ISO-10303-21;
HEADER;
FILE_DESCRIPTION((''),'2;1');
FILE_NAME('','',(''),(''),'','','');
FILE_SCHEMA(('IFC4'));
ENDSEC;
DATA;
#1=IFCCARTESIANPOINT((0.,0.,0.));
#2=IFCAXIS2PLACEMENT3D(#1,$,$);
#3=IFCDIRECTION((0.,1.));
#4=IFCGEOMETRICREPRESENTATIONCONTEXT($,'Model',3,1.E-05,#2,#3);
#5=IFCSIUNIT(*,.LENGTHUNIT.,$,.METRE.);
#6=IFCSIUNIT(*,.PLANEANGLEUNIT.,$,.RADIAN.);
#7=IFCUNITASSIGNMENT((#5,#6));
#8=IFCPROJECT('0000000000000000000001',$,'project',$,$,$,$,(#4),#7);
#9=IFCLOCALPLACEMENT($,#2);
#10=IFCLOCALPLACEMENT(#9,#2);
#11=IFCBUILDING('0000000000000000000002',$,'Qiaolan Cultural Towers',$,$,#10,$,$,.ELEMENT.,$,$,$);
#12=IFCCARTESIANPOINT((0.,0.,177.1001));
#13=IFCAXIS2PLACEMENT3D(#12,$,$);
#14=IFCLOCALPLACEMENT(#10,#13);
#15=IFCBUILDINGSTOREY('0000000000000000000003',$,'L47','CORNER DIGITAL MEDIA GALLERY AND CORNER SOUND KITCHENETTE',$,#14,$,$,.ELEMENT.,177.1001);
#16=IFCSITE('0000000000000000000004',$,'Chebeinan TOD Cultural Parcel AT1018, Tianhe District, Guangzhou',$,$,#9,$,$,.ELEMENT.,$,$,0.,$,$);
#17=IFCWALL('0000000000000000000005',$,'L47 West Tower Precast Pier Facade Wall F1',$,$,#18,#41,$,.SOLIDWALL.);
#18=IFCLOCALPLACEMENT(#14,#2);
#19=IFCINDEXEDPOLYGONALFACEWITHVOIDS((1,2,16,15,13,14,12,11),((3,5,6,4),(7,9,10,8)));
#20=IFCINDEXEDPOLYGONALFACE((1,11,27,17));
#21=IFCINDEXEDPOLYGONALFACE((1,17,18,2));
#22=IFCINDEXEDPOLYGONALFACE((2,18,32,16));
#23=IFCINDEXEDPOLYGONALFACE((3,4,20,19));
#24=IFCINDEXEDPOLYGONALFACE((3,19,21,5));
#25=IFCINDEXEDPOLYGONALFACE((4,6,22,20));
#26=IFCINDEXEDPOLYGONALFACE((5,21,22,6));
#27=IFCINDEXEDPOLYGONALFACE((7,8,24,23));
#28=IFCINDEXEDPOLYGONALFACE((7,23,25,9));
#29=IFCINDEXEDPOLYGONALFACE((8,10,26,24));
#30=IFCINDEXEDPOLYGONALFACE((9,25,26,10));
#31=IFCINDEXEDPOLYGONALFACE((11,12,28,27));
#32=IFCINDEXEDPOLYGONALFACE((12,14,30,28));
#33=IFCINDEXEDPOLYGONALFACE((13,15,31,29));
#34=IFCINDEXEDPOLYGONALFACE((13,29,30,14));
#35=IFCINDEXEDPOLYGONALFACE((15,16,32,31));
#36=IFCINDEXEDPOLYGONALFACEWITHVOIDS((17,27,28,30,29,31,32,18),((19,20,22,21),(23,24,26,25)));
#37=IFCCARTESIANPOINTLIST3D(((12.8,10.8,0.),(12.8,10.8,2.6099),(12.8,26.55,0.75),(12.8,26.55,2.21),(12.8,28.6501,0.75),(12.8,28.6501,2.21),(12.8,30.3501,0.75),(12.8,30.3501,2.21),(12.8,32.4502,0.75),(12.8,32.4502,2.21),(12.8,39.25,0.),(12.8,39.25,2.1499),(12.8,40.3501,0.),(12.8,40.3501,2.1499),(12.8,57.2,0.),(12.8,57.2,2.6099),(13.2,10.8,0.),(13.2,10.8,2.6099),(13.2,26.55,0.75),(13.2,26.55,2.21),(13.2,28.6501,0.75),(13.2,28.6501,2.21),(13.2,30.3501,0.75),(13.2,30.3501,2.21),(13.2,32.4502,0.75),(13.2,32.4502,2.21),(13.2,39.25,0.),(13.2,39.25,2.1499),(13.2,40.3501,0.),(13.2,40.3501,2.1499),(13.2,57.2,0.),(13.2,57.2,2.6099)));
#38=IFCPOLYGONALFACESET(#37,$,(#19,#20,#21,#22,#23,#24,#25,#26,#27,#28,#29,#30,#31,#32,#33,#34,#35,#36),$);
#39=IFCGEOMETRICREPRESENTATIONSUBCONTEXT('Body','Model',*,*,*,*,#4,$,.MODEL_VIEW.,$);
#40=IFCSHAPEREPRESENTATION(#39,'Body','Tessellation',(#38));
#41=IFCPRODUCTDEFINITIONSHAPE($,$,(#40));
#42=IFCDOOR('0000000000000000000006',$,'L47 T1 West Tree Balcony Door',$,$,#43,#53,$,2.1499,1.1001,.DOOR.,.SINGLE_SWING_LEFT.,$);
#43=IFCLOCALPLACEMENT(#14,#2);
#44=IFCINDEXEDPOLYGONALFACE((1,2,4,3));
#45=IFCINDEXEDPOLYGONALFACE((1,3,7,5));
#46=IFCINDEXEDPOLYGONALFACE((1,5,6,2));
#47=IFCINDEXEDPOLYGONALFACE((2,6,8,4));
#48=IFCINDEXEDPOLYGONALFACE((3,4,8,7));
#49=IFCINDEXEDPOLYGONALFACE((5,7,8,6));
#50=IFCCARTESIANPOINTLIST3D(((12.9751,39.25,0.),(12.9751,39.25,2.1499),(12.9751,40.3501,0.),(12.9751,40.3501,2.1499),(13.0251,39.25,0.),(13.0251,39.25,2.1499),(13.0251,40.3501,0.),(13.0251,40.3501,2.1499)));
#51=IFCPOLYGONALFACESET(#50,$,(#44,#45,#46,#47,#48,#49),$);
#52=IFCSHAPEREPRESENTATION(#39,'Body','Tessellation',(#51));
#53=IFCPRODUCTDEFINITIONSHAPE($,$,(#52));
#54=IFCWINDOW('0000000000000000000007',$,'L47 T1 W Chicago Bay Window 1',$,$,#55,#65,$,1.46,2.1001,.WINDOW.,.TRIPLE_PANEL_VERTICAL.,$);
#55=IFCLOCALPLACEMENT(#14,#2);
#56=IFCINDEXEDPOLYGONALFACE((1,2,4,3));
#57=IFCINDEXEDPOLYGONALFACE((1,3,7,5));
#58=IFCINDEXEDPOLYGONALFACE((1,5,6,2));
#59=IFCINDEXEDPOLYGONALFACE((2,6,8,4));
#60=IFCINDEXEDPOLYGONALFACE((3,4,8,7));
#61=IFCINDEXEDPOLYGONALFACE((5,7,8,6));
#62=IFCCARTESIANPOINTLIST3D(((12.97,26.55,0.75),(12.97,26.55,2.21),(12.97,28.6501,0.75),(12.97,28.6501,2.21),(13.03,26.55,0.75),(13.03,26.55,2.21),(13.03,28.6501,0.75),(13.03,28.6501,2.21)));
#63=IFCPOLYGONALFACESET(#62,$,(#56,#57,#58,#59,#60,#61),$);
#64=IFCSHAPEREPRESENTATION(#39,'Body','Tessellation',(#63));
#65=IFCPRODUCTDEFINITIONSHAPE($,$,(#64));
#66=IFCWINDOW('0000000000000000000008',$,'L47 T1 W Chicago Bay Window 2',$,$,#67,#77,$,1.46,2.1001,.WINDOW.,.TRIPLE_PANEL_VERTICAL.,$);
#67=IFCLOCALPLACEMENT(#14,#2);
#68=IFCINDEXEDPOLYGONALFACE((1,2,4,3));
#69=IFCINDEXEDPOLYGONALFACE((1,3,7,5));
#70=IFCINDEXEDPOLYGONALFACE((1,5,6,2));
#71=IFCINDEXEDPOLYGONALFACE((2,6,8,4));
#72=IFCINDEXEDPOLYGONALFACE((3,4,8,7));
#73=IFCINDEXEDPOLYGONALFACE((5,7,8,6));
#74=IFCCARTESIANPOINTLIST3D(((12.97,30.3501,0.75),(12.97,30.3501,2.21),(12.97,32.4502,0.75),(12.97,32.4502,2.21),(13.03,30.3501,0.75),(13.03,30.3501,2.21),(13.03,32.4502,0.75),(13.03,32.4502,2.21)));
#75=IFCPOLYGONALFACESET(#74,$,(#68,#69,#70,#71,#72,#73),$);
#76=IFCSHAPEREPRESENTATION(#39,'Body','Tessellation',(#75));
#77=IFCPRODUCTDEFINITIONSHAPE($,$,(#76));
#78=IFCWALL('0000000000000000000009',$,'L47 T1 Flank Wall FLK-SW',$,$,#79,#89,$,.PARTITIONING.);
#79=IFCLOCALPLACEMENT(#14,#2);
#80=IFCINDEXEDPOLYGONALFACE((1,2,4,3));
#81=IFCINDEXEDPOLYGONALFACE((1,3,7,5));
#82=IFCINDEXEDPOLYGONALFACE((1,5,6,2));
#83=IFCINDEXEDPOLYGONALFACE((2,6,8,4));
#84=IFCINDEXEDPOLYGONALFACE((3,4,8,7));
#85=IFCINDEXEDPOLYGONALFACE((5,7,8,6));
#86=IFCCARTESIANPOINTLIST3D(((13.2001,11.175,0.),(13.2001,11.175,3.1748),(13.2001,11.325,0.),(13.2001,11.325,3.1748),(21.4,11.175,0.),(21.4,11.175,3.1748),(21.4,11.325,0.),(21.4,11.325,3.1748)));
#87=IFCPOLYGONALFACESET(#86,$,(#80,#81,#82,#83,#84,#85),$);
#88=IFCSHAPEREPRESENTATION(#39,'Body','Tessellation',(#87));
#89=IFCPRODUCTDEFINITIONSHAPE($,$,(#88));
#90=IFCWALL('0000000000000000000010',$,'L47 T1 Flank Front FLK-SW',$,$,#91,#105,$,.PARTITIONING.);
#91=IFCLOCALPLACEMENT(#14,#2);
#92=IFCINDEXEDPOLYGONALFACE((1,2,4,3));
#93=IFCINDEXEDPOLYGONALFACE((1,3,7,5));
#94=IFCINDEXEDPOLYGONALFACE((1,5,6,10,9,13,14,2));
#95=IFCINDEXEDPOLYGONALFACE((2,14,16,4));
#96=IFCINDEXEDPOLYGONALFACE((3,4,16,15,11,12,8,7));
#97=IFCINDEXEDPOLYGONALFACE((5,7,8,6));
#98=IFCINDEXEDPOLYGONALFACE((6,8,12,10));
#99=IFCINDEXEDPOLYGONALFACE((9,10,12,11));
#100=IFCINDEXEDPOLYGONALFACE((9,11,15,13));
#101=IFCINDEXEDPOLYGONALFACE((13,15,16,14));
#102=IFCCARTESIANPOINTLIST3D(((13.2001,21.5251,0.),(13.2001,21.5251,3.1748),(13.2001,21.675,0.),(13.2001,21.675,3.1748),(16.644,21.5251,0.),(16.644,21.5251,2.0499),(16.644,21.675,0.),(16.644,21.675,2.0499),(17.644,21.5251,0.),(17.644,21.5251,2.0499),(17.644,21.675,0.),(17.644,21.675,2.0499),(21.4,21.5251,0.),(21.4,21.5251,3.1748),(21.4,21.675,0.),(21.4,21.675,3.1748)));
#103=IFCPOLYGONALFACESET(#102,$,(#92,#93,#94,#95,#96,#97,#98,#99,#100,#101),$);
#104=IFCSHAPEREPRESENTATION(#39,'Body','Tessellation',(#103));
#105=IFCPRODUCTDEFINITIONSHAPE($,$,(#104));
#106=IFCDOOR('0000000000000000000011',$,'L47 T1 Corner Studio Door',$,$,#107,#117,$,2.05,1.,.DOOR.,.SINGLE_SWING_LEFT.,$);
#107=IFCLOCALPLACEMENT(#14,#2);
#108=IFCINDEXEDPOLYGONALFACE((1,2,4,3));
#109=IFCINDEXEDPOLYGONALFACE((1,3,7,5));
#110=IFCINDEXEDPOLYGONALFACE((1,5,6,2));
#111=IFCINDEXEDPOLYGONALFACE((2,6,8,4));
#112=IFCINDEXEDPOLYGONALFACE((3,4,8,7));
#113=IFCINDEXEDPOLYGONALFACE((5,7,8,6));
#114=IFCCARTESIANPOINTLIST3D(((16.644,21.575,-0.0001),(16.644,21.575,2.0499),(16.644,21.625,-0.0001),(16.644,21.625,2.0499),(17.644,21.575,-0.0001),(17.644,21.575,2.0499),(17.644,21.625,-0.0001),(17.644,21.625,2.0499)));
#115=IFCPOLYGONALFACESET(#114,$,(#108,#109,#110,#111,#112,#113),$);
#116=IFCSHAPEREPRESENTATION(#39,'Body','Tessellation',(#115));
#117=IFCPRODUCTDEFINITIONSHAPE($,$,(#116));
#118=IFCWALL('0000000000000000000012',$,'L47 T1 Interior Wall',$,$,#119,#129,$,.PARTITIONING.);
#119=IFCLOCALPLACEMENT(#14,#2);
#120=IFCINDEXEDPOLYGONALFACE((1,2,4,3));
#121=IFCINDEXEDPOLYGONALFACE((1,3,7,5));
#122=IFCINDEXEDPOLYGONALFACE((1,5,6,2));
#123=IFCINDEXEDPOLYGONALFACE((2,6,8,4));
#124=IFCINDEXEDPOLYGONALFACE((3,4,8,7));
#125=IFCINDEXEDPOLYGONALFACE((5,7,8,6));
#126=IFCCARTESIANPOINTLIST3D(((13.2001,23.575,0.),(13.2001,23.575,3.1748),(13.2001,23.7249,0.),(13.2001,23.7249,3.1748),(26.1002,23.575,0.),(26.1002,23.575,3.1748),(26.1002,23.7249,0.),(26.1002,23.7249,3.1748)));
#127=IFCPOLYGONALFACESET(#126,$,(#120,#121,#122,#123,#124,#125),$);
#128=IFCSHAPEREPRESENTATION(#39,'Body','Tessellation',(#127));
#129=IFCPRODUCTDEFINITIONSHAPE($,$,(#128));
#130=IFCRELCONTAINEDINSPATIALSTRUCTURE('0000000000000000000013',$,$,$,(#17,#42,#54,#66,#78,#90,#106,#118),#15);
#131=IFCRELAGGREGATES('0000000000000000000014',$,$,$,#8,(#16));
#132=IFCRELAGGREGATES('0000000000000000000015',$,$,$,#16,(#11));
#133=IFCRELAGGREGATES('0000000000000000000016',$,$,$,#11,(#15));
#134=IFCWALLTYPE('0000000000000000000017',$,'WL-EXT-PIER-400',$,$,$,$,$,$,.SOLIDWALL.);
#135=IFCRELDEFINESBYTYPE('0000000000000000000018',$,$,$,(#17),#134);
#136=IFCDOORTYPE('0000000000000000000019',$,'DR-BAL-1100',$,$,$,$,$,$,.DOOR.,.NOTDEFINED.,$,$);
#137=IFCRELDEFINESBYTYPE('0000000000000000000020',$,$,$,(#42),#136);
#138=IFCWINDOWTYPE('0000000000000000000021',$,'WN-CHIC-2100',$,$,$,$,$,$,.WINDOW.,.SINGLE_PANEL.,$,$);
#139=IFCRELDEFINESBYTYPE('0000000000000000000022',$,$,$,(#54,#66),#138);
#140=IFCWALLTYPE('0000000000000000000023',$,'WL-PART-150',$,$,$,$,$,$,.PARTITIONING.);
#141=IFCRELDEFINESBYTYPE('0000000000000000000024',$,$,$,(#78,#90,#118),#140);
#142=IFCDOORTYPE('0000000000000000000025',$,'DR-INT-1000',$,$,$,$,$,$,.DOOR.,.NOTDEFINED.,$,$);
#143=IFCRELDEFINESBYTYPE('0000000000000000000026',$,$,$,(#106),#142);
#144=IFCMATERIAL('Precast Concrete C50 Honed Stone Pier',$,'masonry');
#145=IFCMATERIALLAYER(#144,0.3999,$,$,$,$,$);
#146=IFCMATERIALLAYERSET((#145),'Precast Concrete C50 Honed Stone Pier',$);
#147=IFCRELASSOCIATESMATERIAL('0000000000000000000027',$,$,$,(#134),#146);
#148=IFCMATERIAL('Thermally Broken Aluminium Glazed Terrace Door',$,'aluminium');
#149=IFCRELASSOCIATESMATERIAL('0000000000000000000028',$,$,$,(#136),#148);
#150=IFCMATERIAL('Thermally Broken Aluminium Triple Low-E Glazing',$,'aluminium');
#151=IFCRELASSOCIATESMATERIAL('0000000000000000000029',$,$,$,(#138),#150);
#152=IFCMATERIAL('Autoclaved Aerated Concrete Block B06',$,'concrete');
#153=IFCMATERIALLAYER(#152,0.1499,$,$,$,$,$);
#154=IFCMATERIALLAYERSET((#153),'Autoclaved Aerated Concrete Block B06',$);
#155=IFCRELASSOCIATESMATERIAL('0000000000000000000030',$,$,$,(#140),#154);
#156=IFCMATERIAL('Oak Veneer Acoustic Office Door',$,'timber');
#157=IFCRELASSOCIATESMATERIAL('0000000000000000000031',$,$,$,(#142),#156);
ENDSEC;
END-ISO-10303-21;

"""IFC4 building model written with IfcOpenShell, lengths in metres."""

from ifc_helpers import new_model, si_unit, direction, frame, frame_2d, origin, place, context, subcontext, project, spatial, rectangle, extrude, material, layer, layer_set, type_object, element, fill, save


model = new_model("IFC4")

# Units and contexts
model_context = context("Model", 3, precision=1e-05, world=origin(), true_north=direction((0.0, 1.0)))
body_context = subcontext(model_context, "Body", "Model", "MODEL_VIEW")
ifc_project = project(units=[si_unit("LENGTHUNIT", "METRE"), si_unit("PLANEANGLEUNIT", "RADIAN")], contexts=[model_context])

# Site, building, storey
site_placement = place(None, origin())
site = spatial("IfcSite", under=ifc_project, at=site_placement, Name="Chebeinan TOD Cultural Parcel AT1018, Tianhe District, Guangzhou", CompositionType="ELEMENT", RefElevation=0.0)
building_placement = place(site_placement, origin())
building = spatial("IfcBuilding", under=site, at=building_placement, Name="Qiaolan Cultural Towers", CompositionType="ELEMENT")
storey_placement = place(building_placement, frame((0.0, 0.0, 177.1001)))
storey = spatial("IfcBuildingStorey", under=building, at=storey_placement, Name="L47", Description="CORNER DIGITAL MEDIA GALLERY AND CORNER SOUND KITCHENETTE", CompositionType="ELEMENT", Elevation=177.1001)

# Wall, openings, door, windows
ifc_material_1 = material(Name="Precast Concrete C50 Honed Stone Pier", Category="masonry")
ifc_layer_1 = layer(ifc_material_1, 0.3999)
ifc_layer_set_1 = layer_set([ifc_layer_1], Name="Precast Concrete C50 Honed Stone Pier")
wall_type_1 = type_object("IfcWallType", Name="WL-EXT-PIER-400", PredefinedType="SOLIDWALL", material=ifc_layer_set_1)
wall_1_placement = place(storey_placement, frame((13.0, 10.8, 0.0), z_axis=(0.0, 0.0, 1.0), x_axis=(0.0, 1.0, 0.0)))
wall_1 = element("IfcWall", 1, at=wall_1_placement, inside=storey, type_object=wall_type_1, Name="L47 West Tower Precast Pier Facade Wall F1", PredefinedType="SOLIDWALL", context=body_context, shape_type="SweptSolid", body=[
    extrude(rectangle(XDim=46.3999, YDim=0.3999, at=frame_2d((23.2, 0.0))), origin(), (0.0, 0.0, 1.0), 2.6099),
])
opening_1_placement = place(wall_1_placement, frame((15.75, 0.0, 0.75)))
opening_1 = element("IfcOpeningElement", 2, at=opening_1_placement, cuts=wall_1, PredefinedType="OPENING", context=body_context, shape_type="SweptSolid", body=[
    extrude(rectangle(XDim=2.1001, YDim=1.46, at=frame_2d((1.05, 0.73))), frame((0.0, 0.21, 0.0), z_axis=(0.0, -1.0, 0.0), x_axis=(1.0, 0.0, 0.0)), (0.0, 0.0, 1.0), 0.4199),
])
opening_2_placement = place(wall_1_placement, frame((19.55, 0.0, 0.75)))
opening_2 = element("IfcOpeningElement", 3, at=opening_2_placement, cuts=wall_1, PredefinedType="OPENING", context=body_context, shape_type="SweptSolid", body=[
    extrude(rectangle(XDim=2.1001, YDim=1.46, at=frame_2d((1.05, 0.73))), frame((0.0, 0.21, 0.0), z_axis=(0.0, -1.0, 0.0), x_axis=(1.0, 0.0, 0.0)), (0.0, 0.0, 1.0), 0.4199),
])
opening_3_placement = place(wall_1_placement, frame((28.45, 0.0, 0.0)))
opening_3 = element("IfcOpeningElement", 4, at=opening_3_placement, cuts=wall_1, PredefinedType="OPENING", context=body_context, shape_type="SweptSolid", body=[
    extrude(rectangle(XDim=1.1001, YDim=2.1499, at=frame_2d((0.55, 1.075))), frame((0.0, 0.21, 0.0), z_axis=(0.0, -1.0, 0.0), x_axis=(1.0, 0.0, 0.0)), (0.0, 0.0, 1.0), 0.4199),
])
ifc_material_2 = material(Name="Thermally Broken Aluminium Glazed Terrace Door", Category="aluminium")
door_type_1 = type_object("IfcDoorType", Name="DR-BAL-1100", OperationType="NOTDEFINED", PredefinedType="DOOR", material=ifc_material_2)
door_1_placement = place(opening_3_placement, origin())
door_1 = element("IfcDoor", 5, at=door_1_placement, inside=storey, type_object=door_type_1, Name="L47 T1 West Tree Balcony Door", OperationType="SINGLE_SWING_LEFT", OverallHeight=2.1499, OverallWidth=1.1001, PredefinedType="DOOR", context=body_context, shape_type="SweptSolid", body=[
    extrude(rectangle(XDim=1.1001, YDim=2.1499, at=frame_2d((0.55, 1.075))), frame((0.0, 0.0249, 0.0), z_axis=(0.0, -1.0, 0.0), x_axis=(1.0, 0.0, 0.0)), (0.0, 0.0, 1.0), 0.05),
])
fill(opening_3, door_1)
ifc_material_3 = material(Name="Thermally Broken Aluminium Triple Low-E Glazing", Category="aluminium")
window_type = type_object("IfcWindowType", Name="WN-CHIC-2100", PartitioningType="SINGLE_PANEL", PredefinedType="WINDOW", material=ifc_material_3)
window_1_placement = place(opening_1_placement, origin())
window_1 = element("IfcWindow", 6, at=window_1_placement, inside=storey, type_object=window_type, Name="L47 T1 W Chicago Bay Window 1", OverallHeight=1.46, OverallWidth=2.1001, PartitioningType="TRIPLE_PANEL_VERTICAL", PredefinedType="WINDOW", context=body_context, shape_type="SweptSolid", body=[
    extrude(rectangle(XDim=2.1001, YDim=1.46, at=frame_2d((1.05, 0.73))), frame((0.0, 0.03, 0.0), z_axis=(0.0, -1.0, 0.0), x_axis=(1.0, 0.0, 0.0)), (0.0, 0.0, 1.0), 0.0601),
])
fill(opening_1, window_1)
window_2_placement = place(opening_2_placement, origin())
window_2 = element("IfcWindow", 7, at=window_2_placement, inside=storey, type_object=window_type, Name="L47 T1 W Chicago Bay Window 2", OverallHeight=1.46, OverallWidth=2.1001, PartitioningType="TRIPLE_PANEL_VERTICAL", PredefinedType="WINDOW", context=body_context, shape_type="SweptSolid", body=[
    extrude(rectangle(XDim=2.1001, YDim=1.46, at=frame_2d((1.05, 0.73))), frame((0.0, 0.03, 0.0), z_axis=(0.0, -1.0, 0.0), x_axis=(1.0, 0.0, 0.0)), (0.0, 0.0, 1.0), 0.0601),
])
fill(opening_2, window_2)

# Wall
ifc_material_4 = material(Name="Autoclaved Aerated Concrete Block B06", Category="concrete")
ifc_layer_2 = layer(ifc_material_4, 0.1499)
ifc_layer_set_2 = layer_set([ifc_layer_2], Name="Autoclaved Aerated Concrete Block B06")
wall_type_2 = type_object("IfcWallType", Name="WL-PART-150", PredefinedType="PARTITIONING", material=ifc_layer_set_2)
wall_2_placement = place(storey_placement, frame((13.2, 11.25, 0.0), z_axis=(0.0, 0.0, 1.0), x_axis=(1.0, 0.0, 0.0)))
element("IfcWall", 8, at=wall_2_placement, inside=storey, type_object=wall_type_2, Name="L47 T1 Flank Wall FLK-SW", PredefinedType="PARTITIONING", context=body_context, shape_type="SweptSolid", body=[
    extrude(rectangle(XDim=8.2, YDim=0.1499, at=frame_2d((4.1001, 0.0))), origin(), (0.0, 0.0, 1.0), 3.1748),
])

# Wall, opening, door
wall_3_placement = place(storey_placement, frame((13.2, 21.6001, 0.0), z_axis=(0.0, 0.0, 1.0), x_axis=(1.0, 0.0, 0.0)))
wall_3 = element("IfcWall", 9, at=wall_3_placement, inside=storey, type_object=wall_type_2, Name="L47 T1 Flank Front FLK-SW", PredefinedType="PARTITIONING", context=body_context, shape_type="SweptSolid", body=[
    extrude(rectangle(XDim=8.2, YDim=0.1499, at=frame_2d((4.1001, 0.0))), origin(), (0.0, 0.0, 1.0), 3.1748),
])
opening_4_placement = place(wall_3_placement, frame((3.4441, 0.0, 0.0)))
opening_4 = element("IfcOpeningElement", 10, at=opening_4_placement, cuts=wall_3, PredefinedType="OPENING", context=body_context, shape_type="SweptSolid", body=[
    extrude(rectangle(XDim=1.0, YDim=2.05, at=frame_2d((0.5, 1.0249))), frame((0.0, 0.085, 0.0), z_axis=(0.0, -1.0, 0.0), x_axis=(1.0, 0.0, 0.0)), (0.0, 0.0, 1.0), 0.1699),
])
ifc_material_5 = material(Name="Oak Veneer Acoustic Office Door", Category="timber")
door_type_2 = type_object("IfcDoorType", Name="DR-INT-1000", OperationType="NOTDEFINED", PredefinedType="DOOR", material=ifc_material_5)
door_2_placement = place(opening_4_placement, origin())
door_2 = element("IfcDoor", 11, at=door_2_placement, inside=storey, type_object=door_type_2, Name="L47 T1 Corner Studio Door", OperationType="SINGLE_SWING_LEFT", OverallHeight=2.05, OverallWidth=1.0, PredefinedType="DOOR", context=body_context, shape_type="SweptSolid", body=[
    extrude(rectangle(XDim=1.0, YDim=2.05, at=frame_2d((0.5, 1.0249))), frame((0.0, 0.0249, 0.0), z_axis=(0.0, -1.0, 0.0), x_axis=(1.0, 0.0, 0.0)), (0.0, 0.0, 1.0), 0.05),
])
fill(opening_4, door_2)

# Wall
wall_4_placement = place(storey_placement, frame((13.2, 23.6499, 0.0), z_axis=(0.0, 0.0, 1.0), x_axis=(1.0, 0.0, 0.0)))
element("IfcWall", 12, at=wall_4_placement, inside=storey, type_object=wall_type_2, Name="L47 T1 Interior Wall", PredefinedType="PARTITIONING", context=body_context, shape_type="SweptSolid", body=[
    extrude(rectangle(XDim=12.9001, YDim=0.1499, at=frame_2d((6.4502, 0.0))), origin(), (0.0, 0.0, 1.0), 3.1748),
])

save(model, "model.ifc")
